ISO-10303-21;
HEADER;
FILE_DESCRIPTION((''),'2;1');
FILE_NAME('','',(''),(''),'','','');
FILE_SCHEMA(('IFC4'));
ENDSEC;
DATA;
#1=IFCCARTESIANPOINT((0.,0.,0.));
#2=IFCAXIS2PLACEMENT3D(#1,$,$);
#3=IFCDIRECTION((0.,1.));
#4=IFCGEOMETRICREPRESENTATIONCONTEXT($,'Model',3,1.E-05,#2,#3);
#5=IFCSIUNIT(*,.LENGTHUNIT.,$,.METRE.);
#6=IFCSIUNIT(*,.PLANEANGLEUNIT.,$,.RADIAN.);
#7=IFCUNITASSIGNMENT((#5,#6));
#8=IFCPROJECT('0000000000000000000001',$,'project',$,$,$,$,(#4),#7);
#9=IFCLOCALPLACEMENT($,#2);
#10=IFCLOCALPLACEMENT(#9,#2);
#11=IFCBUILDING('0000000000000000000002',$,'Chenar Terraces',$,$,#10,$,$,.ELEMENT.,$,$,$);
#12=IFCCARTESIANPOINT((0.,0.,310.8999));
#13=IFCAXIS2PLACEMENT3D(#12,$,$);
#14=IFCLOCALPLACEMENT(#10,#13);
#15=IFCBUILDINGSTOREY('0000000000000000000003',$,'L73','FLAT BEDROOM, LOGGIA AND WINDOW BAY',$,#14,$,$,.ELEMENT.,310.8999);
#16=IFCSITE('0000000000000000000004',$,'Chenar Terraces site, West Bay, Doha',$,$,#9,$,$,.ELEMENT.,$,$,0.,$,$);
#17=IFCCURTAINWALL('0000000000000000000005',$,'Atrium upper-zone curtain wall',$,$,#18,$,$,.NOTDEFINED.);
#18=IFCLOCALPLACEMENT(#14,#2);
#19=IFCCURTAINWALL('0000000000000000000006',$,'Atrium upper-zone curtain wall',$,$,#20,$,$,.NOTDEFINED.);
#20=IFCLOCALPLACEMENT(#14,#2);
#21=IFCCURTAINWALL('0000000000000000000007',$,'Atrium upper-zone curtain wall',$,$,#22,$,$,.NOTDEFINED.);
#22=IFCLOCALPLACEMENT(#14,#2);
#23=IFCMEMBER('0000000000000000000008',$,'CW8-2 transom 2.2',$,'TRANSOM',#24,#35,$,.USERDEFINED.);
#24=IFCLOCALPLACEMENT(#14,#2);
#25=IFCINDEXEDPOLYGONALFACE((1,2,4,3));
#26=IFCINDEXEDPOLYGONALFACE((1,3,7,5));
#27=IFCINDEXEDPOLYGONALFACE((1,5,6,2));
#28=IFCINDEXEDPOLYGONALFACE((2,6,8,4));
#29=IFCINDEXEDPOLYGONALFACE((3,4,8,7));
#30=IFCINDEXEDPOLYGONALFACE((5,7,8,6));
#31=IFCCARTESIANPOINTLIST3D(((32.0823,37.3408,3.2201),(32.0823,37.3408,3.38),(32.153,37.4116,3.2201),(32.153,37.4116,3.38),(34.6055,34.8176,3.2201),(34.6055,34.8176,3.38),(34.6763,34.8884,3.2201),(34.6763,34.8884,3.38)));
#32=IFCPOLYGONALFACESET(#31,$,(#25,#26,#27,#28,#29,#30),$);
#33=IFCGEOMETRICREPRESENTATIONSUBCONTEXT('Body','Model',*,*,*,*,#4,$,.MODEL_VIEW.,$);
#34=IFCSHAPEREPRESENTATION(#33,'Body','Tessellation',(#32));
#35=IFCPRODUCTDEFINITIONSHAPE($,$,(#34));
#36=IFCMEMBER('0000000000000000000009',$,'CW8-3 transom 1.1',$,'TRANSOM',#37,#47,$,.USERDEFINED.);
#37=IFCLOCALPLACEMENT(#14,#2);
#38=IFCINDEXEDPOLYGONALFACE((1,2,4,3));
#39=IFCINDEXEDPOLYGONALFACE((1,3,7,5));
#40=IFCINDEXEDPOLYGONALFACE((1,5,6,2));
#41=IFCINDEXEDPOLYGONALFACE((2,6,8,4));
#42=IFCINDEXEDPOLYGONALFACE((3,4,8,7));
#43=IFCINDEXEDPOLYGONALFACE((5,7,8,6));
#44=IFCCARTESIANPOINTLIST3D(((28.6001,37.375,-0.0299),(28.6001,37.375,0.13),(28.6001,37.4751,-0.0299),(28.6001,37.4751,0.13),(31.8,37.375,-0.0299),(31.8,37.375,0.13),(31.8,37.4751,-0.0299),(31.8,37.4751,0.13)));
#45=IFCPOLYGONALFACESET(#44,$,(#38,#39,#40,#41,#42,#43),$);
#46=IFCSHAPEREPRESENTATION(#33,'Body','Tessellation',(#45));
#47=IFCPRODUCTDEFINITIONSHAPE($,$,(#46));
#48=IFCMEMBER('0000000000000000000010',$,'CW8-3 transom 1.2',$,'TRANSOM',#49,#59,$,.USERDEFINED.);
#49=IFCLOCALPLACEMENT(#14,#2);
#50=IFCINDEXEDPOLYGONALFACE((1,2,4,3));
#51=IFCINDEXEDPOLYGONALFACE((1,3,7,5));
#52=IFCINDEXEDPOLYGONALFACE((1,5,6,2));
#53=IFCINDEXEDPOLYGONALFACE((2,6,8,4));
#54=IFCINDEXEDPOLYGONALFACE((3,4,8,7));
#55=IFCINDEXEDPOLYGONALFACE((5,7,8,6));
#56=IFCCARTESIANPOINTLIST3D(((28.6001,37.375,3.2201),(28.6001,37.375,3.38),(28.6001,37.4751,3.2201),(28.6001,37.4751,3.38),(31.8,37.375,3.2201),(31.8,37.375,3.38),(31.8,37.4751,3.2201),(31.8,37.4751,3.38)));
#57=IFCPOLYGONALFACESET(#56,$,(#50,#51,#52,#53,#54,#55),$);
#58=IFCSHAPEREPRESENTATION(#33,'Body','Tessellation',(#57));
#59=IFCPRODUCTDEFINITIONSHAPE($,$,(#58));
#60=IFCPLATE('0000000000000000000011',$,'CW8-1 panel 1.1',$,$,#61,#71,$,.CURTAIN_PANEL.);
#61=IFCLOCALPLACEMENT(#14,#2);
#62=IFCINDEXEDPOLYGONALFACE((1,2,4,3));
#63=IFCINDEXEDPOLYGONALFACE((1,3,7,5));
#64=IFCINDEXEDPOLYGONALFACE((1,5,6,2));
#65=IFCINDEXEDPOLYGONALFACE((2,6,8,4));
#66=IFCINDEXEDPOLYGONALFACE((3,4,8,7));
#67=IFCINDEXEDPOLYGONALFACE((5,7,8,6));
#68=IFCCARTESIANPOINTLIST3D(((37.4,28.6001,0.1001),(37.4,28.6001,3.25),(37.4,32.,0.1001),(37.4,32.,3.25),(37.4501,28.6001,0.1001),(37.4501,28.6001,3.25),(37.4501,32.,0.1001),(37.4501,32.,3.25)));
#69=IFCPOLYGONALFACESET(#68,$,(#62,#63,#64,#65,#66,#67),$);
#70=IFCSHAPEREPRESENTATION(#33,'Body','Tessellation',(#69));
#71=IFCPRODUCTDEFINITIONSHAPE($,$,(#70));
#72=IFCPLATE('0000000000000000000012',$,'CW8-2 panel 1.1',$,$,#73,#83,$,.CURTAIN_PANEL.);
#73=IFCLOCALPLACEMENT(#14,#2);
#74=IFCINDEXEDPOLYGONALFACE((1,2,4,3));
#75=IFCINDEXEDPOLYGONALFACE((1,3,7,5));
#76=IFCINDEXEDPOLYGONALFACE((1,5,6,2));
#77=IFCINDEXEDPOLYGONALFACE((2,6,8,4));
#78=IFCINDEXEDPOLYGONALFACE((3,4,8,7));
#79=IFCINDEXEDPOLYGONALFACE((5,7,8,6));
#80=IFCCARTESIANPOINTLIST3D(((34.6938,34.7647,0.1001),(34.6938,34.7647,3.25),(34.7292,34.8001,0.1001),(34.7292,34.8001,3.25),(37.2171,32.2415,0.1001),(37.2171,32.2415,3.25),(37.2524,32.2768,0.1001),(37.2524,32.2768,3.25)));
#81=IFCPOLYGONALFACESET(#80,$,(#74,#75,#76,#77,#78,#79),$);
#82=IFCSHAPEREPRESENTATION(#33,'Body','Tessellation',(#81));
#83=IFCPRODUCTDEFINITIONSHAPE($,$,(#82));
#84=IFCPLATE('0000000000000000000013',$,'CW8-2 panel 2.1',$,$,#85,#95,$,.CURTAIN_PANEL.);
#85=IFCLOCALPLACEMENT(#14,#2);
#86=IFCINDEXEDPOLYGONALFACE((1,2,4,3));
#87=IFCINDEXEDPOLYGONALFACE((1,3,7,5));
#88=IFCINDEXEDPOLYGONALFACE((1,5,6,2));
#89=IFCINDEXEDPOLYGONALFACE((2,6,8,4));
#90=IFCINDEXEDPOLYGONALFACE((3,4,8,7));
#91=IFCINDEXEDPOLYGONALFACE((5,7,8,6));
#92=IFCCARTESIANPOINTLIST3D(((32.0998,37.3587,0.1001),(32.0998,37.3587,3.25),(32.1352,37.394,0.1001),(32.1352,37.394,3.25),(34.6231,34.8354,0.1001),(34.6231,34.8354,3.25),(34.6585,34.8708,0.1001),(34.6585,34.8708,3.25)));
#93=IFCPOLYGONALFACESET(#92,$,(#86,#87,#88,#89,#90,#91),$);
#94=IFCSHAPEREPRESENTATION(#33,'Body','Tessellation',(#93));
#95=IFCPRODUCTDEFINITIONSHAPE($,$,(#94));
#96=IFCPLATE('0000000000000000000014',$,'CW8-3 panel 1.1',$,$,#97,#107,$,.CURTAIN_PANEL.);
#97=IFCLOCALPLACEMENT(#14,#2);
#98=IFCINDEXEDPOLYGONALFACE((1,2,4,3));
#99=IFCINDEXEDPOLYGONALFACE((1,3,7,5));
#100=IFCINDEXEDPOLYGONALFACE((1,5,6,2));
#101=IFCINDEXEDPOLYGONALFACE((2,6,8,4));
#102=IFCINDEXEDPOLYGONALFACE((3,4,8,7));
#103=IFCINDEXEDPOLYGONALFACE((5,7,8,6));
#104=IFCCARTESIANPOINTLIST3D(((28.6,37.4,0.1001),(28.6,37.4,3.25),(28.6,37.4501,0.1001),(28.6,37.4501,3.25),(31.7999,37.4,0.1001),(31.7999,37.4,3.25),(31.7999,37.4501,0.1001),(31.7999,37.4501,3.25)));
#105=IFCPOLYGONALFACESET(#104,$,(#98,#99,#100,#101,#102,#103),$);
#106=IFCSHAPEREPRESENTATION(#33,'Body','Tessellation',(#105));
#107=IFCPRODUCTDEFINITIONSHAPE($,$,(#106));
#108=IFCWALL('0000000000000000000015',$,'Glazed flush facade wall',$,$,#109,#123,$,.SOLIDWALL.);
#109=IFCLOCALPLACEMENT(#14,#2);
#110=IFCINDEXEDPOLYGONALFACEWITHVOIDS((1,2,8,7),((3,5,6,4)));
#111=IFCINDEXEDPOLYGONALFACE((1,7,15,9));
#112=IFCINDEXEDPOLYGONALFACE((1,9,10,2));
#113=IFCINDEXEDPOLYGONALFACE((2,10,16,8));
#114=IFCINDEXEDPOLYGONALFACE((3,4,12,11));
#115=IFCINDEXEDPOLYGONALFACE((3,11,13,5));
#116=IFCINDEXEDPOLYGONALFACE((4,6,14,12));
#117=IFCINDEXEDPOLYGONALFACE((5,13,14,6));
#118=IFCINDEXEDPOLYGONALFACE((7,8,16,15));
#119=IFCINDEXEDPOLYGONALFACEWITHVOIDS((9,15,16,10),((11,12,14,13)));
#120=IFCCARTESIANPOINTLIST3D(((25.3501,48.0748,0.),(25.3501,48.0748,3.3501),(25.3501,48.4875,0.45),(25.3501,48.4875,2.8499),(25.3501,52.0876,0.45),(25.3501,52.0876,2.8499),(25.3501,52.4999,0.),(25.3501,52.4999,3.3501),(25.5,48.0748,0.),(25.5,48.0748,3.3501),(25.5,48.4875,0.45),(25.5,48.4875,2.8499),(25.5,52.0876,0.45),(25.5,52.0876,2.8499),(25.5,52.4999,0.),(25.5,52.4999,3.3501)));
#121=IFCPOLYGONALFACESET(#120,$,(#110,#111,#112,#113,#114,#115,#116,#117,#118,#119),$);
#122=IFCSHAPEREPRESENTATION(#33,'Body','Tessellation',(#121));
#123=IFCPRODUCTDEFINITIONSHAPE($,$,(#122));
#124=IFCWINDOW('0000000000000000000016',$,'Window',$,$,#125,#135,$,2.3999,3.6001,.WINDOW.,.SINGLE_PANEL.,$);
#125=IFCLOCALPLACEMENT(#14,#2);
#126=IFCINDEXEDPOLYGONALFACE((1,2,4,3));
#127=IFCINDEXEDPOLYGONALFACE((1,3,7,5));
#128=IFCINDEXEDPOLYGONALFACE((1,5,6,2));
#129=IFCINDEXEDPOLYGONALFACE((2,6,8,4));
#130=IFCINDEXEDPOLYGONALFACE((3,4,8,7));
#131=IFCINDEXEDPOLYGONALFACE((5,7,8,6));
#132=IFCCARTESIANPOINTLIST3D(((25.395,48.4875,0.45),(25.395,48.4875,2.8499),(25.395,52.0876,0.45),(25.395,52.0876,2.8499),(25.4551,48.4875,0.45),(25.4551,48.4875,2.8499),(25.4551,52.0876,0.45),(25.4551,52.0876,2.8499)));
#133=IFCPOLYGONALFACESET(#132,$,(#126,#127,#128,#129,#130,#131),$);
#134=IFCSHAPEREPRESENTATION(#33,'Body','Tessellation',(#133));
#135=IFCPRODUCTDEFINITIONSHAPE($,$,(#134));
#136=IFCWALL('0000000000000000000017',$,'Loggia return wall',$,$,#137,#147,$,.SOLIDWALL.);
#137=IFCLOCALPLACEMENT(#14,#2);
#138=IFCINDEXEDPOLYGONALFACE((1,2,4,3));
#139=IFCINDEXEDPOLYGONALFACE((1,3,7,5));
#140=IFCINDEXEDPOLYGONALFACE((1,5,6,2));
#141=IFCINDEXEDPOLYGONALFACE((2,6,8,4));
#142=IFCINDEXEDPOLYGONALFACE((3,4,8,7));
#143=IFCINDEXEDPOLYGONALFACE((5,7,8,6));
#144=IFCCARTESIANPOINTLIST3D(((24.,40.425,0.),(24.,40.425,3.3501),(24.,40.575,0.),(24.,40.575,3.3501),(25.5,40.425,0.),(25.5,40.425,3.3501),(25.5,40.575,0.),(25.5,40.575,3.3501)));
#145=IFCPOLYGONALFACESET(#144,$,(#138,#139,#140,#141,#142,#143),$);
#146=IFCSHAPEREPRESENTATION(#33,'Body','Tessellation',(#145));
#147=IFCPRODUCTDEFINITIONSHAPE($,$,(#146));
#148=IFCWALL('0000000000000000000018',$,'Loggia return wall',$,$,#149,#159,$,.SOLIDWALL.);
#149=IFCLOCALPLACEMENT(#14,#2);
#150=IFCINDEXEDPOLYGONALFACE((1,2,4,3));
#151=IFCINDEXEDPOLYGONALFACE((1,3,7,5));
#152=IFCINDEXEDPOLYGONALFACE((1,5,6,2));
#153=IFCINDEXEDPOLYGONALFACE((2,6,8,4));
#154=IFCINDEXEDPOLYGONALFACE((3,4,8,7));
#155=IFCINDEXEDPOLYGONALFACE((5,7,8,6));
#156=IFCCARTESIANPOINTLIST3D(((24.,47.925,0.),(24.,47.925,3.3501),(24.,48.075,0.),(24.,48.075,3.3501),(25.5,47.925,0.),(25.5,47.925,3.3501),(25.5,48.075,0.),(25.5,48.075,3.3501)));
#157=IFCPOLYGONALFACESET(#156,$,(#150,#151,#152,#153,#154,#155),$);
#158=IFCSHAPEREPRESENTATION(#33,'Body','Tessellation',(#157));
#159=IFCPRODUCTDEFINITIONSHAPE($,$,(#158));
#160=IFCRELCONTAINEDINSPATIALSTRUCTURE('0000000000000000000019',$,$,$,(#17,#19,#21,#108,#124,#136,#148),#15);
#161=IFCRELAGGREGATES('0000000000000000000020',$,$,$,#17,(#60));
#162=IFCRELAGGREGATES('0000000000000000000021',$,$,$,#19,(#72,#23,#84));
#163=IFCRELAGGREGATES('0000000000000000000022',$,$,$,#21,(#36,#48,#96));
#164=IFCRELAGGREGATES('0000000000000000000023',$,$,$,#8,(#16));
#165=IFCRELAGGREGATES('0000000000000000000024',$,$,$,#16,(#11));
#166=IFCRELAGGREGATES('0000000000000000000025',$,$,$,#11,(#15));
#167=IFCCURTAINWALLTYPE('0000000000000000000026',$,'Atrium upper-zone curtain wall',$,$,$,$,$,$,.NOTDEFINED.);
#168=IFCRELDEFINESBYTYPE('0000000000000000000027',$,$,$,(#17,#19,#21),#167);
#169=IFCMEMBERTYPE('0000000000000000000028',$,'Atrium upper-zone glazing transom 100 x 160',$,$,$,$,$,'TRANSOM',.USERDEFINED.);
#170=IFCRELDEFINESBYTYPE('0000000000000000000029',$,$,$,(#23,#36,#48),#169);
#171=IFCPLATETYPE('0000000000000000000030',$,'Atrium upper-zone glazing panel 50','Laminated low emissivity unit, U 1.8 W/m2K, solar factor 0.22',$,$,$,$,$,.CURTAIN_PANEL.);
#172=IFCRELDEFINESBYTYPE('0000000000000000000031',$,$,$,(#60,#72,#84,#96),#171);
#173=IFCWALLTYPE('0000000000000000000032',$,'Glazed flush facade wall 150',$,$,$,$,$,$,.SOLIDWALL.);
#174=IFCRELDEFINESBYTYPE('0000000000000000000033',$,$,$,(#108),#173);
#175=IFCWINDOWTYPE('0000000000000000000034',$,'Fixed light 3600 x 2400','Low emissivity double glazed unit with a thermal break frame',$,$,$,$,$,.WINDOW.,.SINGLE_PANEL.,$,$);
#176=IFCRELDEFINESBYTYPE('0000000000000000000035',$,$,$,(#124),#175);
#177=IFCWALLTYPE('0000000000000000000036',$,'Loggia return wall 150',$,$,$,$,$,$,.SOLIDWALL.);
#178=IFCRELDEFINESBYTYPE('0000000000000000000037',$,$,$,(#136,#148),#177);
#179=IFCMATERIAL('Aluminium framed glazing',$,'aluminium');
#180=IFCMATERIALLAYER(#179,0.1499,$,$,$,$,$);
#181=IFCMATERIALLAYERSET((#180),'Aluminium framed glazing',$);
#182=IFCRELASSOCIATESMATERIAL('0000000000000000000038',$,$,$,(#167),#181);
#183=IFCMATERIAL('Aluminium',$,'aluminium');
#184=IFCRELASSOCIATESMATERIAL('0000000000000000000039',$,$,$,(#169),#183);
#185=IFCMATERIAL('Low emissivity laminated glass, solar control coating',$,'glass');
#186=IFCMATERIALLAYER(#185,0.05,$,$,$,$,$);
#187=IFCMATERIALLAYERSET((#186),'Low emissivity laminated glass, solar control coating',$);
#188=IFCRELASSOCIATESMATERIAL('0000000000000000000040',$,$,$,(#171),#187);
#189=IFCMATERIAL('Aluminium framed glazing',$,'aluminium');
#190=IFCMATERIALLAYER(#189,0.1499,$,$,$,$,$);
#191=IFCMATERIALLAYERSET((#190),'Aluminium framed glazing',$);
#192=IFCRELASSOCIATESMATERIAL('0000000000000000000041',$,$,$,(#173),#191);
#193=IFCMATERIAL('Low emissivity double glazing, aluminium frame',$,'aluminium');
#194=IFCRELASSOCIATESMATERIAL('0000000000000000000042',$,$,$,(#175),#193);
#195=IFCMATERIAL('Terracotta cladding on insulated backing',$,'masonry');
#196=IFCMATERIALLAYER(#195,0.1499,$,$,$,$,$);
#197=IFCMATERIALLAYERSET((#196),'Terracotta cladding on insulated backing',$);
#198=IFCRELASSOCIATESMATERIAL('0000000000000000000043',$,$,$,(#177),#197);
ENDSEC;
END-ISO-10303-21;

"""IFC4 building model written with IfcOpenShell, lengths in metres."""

from ifc_helpers import new_model, si_unit, direction, frame, frame_2d, origin, origin_2d, place, context, subcontext, project, spatial, rectangle, extrude, material, layer, layer_set, material_profile, profile_set, type_object, element, fill, aggregate, save


model = new_model("IFC4")

# Units and contexts
model_context = context("Model", 3, precision=1e-05, world=origin(), true_north=direction((0.0, 1.0)))
body_context = subcontext(model_context, "Body", "Model", "MODEL_VIEW")
ifc_project = project(units=[si_unit("LENGTHUNIT", "METRE"), si_unit("PLANEANGLEUNIT", "RADIAN")], contexts=[model_context])

# Site, building, storey
site_placement = place(None, origin())
site = spatial("IfcSite", under=ifc_project, at=site_placement, Name="Chenar Terraces site, West Bay, Doha", CompositionType="ELEMENT", RefElevation=0.0)
building_placement = place(site_placement, origin())
building = spatial("IfcBuilding", under=site, at=building_placement, Name="Chenar Terraces", CompositionType="ELEMENT")
storey_placement = place(building_placement, frame((0.0, 0.0, 310.8999)))
storey = spatial("IfcBuildingStorey", under=building, at=storey_placement, Name="L73", Description="FLAT BEDROOM, LOGGIA AND WINDOW BAY", CompositionType="ELEMENT", Elevation=310.8999)

# Curtain walls
ifc_material_1 = material(Name="Aluminium framed glazing", Category="aluminium")
ifc_layer_1 = layer(ifc_material_1, 0.1499)
ifc_layer_set_1 = layer_set([ifc_layer_1], Name="Aluminium framed glazing")
curtain_wall_type = type_object("IfcCurtainWallType", Name="Atrium upper-zone curtain wall", PredefinedType="NOTDEFINED", material=ifc_layer_set_1)
placement = place(storey_placement, origin())
curtain_wall_1 = element("IfcCurtainWall", 1, at=placement, inside=storey, type_object=curtain_wall_type, Name="Atrium upper-zone curtain wall", PredefinedType="NOTDEFINED")
curtain_wall_2 = element("IfcCurtainWall", 2, at=placement, inside=storey, type_object=curtain_wall_type, Name="Atrium upper-zone curtain wall", PredefinedType="NOTDEFINED")
curtain_wall_3 = element("IfcCurtainWall", 3, at=placement, inside=storey, type_object=curtain_wall_type, Name="Atrium upper-zone curtain wall", PredefinedType="NOTDEFINED")

# Members
ifc_material_2 = material(Name="Aluminium", Category="aluminium")
ifc_material_profile_1 = material_profile(ifc_material_2, rectangle(XDim=0.1001, YDim=0.1599, at=origin_2d()), Name="Atrium upper-zone glazing transom 100 x 160")
ifc_profile_set_1 = profile_set([ifc_material_profile_1], Name="Aluminium")
member_type_1 = type_object("IfcMemberType", Name="Atrium upper-zone glazing transom 100 x 160", ElementType="TRANSOM", PredefinedType="USERDEFINED", material=ifc_profile_set_1)
member_1_placement = place(storey_placement, frame((34.6409, 34.853, 3.3), z_axis=(-0.707107, 0.707107, 0.0), x_axis=(-0.707107, -0.707107, 0.0)))
member_1 = element("IfcMember", 4, at=member_1_placement, type_object=member_type_1, Name="CW8-2 transom 2.2", ObjectType="TRANSOM", PredefinedType="USERDEFINED", context=body_context, shape_type="SweptSolid", body=[
    extrude(rectangle(XDim=0.1001, YDim=0.1599, at=origin_2d()), origin(), (0.0, 0.0, 1.0), 3.5684),
])
member_2_placement = place(storey_placement, frame((31.8, 37.425, 0.05), z_axis=(-1.0, 0.0, 0.0), x_axis=(0.0, -1.0, 0.0)))
member_2 = element("IfcMember", 5, at=member_2_placement, type_object=member_type_1, Name="CW8-3 transom 1.1", ObjectType="TRANSOM", PredefinedType="USERDEFINED", context=body_context, shape_type="SweptSolid", body=[
    extrude(rectangle(XDim=0.1001, YDim=0.1599, at=origin_2d()), origin(), (0.0, 0.0, 1.0), 3.2),
])
member_3_placement = place(storey_placement, frame((31.8, 37.425, 3.3), z_axis=(-1.0, 0.0, 0.0), x_axis=(0.0, -1.0, 0.0)))
member_3 = element("IfcMember", 6, at=member_3_placement, type_object=member_type_1, Name="CW8-3 transom 1.2", ObjectType="TRANSOM", PredefinedType="USERDEFINED", context=body_context, shape_type="SweptSolid", body=[
    extrude(rectangle(XDim=0.1001, YDim=0.1599, at=origin_2d()), origin(), (0.0, 0.0, 1.0), 3.2),
])

# Plates
ifc_material_3 = material(Name="Low emissivity laminated glass, solar control coating", Category="glass")
ifc_layer_2 = layer(ifc_material_3, 0.05)
ifc_layer_set_2 = layer_set([ifc_layer_2], Name="Low emissivity laminated glass, solar control coating")
plate_type = type_object("IfcPlateType", Name="Atrium upper-zone glazing panel 50", Description="Laminated low emissivity unit, U 1.8 W/m2K, solar factor 0.22", PredefinedType="CURTAIN_PANEL", material=ifc_layer_set_2)
plate_1_placement = place(storey_placement, frame((37.425, 30.3, 0.1001), z_axis=(0.0, 0.0, 1.0), x_axis=(0.0, 1.0, 0.0)))
plate_1 = element("IfcPlate", 7, at=plate_1_placement, type_object=plate_type, Name="CW8-1 panel 1.1", PredefinedType="CURTAIN_PANEL", context=body_context, shape_type="SweptSolid", body=[
    extrude(rectangle(XDim=3.3999, YDim=0.05, at=origin_2d()), origin(), (0.0, 0.0, 1.0), 3.1499),
])
aggregate(curtain_wall_1, [plate_1])
plate_2_placement = place(storey_placement, frame((35.9731, 33.5208, 0.1001), z_axis=(0.0, 0.0, 1.0), x_axis=(-0.707107, 0.707107, 0.0)))
plate_2 = element("IfcPlate", 8, at=plate_2_placement, type_object=plate_type, Name="CW8-2 panel 1.1", PredefinedType="CURTAIN_PANEL", context=body_context, shape_type="SweptSolid", body=[
    extrude(rectangle(XDim=3.5684, YDim=0.05, at=origin_2d()), origin(), (0.0, 0.0, 1.0), 3.1499),
])
plate_3_placement = place(storey_placement, frame((33.3792, 36.1147, 0.1001), z_axis=(0.0, 0.0, 1.0), x_axis=(-0.707107, 0.707107, 0.0)))
plate_3 = element("IfcPlate", 9, at=plate_3_placement, type_object=plate_type, Name="CW8-2 panel 2.1", PredefinedType="CURTAIN_PANEL", context=body_context, shape_type="SweptSolid", body=[
    extrude(rectangle(XDim=3.5684, YDim=0.05, at=origin_2d()), origin(), (0.0, 0.0, 1.0), 3.1499),
])
aggregate(curtain_wall_2, [plate_2, member_1, plate_3])
plate_4_placement = place(storey_placement, frame((30.2, 37.425, 0.1001), z_axis=(0.0, 0.0, 1.0), x_axis=(-1.0, 0.0, 0.0)))
plate_4 = element("IfcPlate", 10, at=plate_4_placement, type_object=plate_type, Name="CW8-3 panel 1.1", PredefinedType="CURTAIN_PANEL", context=body_context, shape_type="SweptSolid", body=[
    extrude(rectangle(XDim=3.2, YDim=0.05, at=origin_2d()), origin(), (0.0, 0.0, 1.0), 3.1499),
])
aggregate(curtain_wall_3, [member_2, member_3, plate_4])

# Wall, opening, window
ifc_material_4 = material(Name="Aluminium framed glazing", Category="aluminium")
ifc_layer_3 = layer(ifc_material_4, 0.1499)
ifc_layer_set_3 = layer_set([ifc_layer_3], Name="Aluminium framed glazing")
wall_type_1 = type_object("IfcWallType", Name="Glazed flush facade wall 150", PredefinedType="SOLIDWALL", material=ifc_layer_set_3)
wall_1_placement = place(storey_placement, frame((25.425, 48.075, 0.0), z_axis=(0.0, 0.0, 1.0), x_axis=(0.0, 1.0, 0.0)))
wall_1 = element("IfcWall", 11, at=wall_1_placement, inside=storey, type_object=wall_type_1, Name="Glazed flush facade wall", PredefinedType="SOLIDWALL", context=body_context, shape_type="SweptSolid", body=[
    extrude(rectangle(XDim=4.425, YDim=0.1499, at=frame_2d((2.2124, 0.0))), origin(), (0.0, 0.0, 1.0), 3.3501),
])
opening_1_placement = place(wall_1_placement, frame((0.4126, 0.0, 0.45)))
opening_1 = element("IfcOpeningElement", 12, at=opening_1_placement, cuts=wall_1, PredefinedType="OPENING", context=body_context, shape_type="SweptSolid", body=[
    extrude(rectangle(XDim=3.6001, YDim=2.3999, at=frame_2d((1.8, 1.2))), frame((0.0, 0.085, 0.0), z_axis=(0.0, -1.0, 0.0), x_axis=(1.0, 0.0, 0.0)), (0.0, 0.0, 1.0), 0.1699),
])
ifc_material_5 = material(Name="Low emissivity double glazing, aluminium frame", Category="aluminium")
window_type_1 = type_object("IfcWindowType", Name="Fixed light 3600 x 2400", Description="Low emissivity double glazed unit with a thermal break frame", PartitioningType="SINGLE_PANEL", PredefinedType="WINDOW", material=ifc_material_5)
window_1_placement = place(opening_1_placement, origin())
window_1 = element("IfcWindow", 13, at=window_1_placement, inside=storey, type_object=window_type_1, Name="Window", OverallHeight=2.3999, OverallWidth=3.6001, PartitioningType="SINGLE_PANEL", PredefinedType="WINDOW", context=body_context, shape_type="SweptSolid", body=[
    extrude(rectangle(XDim=3.6001, YDim=2.3999, at=frame_2d((1.8, 1.2))), frame((0.0, 0.03, 0.0), z_axis=(0.0, -1.0, 0.0), x_axis=(1.0, 0.0, 0.0)), (0.0, 0.0, 1.0), 0.0601),
])
fill(opening_1, window_1)

# Walls
ifc_material_6 = material(Name="Terracotta cladding on insulated backing", Category="masonry")
ifc_layer_4 = layer(ifc_material_6, 0.1499)
ifc_layer_set_4 = layer_set([ifc_layer_4], Name="Terracotta cladding on insulated backing")
wall_type_2 = type_object("IfcWallType", Name="Loggia return wall 150", PredefinedType="SOLIDWALL", material=ifc_layer_set_4)
for number, where, z_axis, x_axis, name in (
    (14, (25.5, 40.5, 0.0), (0.0, 0.0, 1.0), (-1.0, 0.0, 0.0), "Loggia return wall"),
    (15, (25.5, 48.0, 0.0), (0.0, 0.0, 1.0), (-1.0, 0.0, 0.0), "Loggia return wall"),
):
    element("IfcWall", number, at=place(storey_placement, frame(where, z_axis=z_axis, x_axis=x_axis)), inside=storey, type_object=wall_type_2, Name=name, PredefinedType="SOLIDWALL", context=body_context, shape_type="SweptSolid", body=[
        extrude(rectangle(XDim=1.5, YDim=0.1499, at=frame_2d((0.75, 0.0))), origin(), (0.0, 0.0, 1.0), 3.3501),
    ])

save(model, "model.ifc")
